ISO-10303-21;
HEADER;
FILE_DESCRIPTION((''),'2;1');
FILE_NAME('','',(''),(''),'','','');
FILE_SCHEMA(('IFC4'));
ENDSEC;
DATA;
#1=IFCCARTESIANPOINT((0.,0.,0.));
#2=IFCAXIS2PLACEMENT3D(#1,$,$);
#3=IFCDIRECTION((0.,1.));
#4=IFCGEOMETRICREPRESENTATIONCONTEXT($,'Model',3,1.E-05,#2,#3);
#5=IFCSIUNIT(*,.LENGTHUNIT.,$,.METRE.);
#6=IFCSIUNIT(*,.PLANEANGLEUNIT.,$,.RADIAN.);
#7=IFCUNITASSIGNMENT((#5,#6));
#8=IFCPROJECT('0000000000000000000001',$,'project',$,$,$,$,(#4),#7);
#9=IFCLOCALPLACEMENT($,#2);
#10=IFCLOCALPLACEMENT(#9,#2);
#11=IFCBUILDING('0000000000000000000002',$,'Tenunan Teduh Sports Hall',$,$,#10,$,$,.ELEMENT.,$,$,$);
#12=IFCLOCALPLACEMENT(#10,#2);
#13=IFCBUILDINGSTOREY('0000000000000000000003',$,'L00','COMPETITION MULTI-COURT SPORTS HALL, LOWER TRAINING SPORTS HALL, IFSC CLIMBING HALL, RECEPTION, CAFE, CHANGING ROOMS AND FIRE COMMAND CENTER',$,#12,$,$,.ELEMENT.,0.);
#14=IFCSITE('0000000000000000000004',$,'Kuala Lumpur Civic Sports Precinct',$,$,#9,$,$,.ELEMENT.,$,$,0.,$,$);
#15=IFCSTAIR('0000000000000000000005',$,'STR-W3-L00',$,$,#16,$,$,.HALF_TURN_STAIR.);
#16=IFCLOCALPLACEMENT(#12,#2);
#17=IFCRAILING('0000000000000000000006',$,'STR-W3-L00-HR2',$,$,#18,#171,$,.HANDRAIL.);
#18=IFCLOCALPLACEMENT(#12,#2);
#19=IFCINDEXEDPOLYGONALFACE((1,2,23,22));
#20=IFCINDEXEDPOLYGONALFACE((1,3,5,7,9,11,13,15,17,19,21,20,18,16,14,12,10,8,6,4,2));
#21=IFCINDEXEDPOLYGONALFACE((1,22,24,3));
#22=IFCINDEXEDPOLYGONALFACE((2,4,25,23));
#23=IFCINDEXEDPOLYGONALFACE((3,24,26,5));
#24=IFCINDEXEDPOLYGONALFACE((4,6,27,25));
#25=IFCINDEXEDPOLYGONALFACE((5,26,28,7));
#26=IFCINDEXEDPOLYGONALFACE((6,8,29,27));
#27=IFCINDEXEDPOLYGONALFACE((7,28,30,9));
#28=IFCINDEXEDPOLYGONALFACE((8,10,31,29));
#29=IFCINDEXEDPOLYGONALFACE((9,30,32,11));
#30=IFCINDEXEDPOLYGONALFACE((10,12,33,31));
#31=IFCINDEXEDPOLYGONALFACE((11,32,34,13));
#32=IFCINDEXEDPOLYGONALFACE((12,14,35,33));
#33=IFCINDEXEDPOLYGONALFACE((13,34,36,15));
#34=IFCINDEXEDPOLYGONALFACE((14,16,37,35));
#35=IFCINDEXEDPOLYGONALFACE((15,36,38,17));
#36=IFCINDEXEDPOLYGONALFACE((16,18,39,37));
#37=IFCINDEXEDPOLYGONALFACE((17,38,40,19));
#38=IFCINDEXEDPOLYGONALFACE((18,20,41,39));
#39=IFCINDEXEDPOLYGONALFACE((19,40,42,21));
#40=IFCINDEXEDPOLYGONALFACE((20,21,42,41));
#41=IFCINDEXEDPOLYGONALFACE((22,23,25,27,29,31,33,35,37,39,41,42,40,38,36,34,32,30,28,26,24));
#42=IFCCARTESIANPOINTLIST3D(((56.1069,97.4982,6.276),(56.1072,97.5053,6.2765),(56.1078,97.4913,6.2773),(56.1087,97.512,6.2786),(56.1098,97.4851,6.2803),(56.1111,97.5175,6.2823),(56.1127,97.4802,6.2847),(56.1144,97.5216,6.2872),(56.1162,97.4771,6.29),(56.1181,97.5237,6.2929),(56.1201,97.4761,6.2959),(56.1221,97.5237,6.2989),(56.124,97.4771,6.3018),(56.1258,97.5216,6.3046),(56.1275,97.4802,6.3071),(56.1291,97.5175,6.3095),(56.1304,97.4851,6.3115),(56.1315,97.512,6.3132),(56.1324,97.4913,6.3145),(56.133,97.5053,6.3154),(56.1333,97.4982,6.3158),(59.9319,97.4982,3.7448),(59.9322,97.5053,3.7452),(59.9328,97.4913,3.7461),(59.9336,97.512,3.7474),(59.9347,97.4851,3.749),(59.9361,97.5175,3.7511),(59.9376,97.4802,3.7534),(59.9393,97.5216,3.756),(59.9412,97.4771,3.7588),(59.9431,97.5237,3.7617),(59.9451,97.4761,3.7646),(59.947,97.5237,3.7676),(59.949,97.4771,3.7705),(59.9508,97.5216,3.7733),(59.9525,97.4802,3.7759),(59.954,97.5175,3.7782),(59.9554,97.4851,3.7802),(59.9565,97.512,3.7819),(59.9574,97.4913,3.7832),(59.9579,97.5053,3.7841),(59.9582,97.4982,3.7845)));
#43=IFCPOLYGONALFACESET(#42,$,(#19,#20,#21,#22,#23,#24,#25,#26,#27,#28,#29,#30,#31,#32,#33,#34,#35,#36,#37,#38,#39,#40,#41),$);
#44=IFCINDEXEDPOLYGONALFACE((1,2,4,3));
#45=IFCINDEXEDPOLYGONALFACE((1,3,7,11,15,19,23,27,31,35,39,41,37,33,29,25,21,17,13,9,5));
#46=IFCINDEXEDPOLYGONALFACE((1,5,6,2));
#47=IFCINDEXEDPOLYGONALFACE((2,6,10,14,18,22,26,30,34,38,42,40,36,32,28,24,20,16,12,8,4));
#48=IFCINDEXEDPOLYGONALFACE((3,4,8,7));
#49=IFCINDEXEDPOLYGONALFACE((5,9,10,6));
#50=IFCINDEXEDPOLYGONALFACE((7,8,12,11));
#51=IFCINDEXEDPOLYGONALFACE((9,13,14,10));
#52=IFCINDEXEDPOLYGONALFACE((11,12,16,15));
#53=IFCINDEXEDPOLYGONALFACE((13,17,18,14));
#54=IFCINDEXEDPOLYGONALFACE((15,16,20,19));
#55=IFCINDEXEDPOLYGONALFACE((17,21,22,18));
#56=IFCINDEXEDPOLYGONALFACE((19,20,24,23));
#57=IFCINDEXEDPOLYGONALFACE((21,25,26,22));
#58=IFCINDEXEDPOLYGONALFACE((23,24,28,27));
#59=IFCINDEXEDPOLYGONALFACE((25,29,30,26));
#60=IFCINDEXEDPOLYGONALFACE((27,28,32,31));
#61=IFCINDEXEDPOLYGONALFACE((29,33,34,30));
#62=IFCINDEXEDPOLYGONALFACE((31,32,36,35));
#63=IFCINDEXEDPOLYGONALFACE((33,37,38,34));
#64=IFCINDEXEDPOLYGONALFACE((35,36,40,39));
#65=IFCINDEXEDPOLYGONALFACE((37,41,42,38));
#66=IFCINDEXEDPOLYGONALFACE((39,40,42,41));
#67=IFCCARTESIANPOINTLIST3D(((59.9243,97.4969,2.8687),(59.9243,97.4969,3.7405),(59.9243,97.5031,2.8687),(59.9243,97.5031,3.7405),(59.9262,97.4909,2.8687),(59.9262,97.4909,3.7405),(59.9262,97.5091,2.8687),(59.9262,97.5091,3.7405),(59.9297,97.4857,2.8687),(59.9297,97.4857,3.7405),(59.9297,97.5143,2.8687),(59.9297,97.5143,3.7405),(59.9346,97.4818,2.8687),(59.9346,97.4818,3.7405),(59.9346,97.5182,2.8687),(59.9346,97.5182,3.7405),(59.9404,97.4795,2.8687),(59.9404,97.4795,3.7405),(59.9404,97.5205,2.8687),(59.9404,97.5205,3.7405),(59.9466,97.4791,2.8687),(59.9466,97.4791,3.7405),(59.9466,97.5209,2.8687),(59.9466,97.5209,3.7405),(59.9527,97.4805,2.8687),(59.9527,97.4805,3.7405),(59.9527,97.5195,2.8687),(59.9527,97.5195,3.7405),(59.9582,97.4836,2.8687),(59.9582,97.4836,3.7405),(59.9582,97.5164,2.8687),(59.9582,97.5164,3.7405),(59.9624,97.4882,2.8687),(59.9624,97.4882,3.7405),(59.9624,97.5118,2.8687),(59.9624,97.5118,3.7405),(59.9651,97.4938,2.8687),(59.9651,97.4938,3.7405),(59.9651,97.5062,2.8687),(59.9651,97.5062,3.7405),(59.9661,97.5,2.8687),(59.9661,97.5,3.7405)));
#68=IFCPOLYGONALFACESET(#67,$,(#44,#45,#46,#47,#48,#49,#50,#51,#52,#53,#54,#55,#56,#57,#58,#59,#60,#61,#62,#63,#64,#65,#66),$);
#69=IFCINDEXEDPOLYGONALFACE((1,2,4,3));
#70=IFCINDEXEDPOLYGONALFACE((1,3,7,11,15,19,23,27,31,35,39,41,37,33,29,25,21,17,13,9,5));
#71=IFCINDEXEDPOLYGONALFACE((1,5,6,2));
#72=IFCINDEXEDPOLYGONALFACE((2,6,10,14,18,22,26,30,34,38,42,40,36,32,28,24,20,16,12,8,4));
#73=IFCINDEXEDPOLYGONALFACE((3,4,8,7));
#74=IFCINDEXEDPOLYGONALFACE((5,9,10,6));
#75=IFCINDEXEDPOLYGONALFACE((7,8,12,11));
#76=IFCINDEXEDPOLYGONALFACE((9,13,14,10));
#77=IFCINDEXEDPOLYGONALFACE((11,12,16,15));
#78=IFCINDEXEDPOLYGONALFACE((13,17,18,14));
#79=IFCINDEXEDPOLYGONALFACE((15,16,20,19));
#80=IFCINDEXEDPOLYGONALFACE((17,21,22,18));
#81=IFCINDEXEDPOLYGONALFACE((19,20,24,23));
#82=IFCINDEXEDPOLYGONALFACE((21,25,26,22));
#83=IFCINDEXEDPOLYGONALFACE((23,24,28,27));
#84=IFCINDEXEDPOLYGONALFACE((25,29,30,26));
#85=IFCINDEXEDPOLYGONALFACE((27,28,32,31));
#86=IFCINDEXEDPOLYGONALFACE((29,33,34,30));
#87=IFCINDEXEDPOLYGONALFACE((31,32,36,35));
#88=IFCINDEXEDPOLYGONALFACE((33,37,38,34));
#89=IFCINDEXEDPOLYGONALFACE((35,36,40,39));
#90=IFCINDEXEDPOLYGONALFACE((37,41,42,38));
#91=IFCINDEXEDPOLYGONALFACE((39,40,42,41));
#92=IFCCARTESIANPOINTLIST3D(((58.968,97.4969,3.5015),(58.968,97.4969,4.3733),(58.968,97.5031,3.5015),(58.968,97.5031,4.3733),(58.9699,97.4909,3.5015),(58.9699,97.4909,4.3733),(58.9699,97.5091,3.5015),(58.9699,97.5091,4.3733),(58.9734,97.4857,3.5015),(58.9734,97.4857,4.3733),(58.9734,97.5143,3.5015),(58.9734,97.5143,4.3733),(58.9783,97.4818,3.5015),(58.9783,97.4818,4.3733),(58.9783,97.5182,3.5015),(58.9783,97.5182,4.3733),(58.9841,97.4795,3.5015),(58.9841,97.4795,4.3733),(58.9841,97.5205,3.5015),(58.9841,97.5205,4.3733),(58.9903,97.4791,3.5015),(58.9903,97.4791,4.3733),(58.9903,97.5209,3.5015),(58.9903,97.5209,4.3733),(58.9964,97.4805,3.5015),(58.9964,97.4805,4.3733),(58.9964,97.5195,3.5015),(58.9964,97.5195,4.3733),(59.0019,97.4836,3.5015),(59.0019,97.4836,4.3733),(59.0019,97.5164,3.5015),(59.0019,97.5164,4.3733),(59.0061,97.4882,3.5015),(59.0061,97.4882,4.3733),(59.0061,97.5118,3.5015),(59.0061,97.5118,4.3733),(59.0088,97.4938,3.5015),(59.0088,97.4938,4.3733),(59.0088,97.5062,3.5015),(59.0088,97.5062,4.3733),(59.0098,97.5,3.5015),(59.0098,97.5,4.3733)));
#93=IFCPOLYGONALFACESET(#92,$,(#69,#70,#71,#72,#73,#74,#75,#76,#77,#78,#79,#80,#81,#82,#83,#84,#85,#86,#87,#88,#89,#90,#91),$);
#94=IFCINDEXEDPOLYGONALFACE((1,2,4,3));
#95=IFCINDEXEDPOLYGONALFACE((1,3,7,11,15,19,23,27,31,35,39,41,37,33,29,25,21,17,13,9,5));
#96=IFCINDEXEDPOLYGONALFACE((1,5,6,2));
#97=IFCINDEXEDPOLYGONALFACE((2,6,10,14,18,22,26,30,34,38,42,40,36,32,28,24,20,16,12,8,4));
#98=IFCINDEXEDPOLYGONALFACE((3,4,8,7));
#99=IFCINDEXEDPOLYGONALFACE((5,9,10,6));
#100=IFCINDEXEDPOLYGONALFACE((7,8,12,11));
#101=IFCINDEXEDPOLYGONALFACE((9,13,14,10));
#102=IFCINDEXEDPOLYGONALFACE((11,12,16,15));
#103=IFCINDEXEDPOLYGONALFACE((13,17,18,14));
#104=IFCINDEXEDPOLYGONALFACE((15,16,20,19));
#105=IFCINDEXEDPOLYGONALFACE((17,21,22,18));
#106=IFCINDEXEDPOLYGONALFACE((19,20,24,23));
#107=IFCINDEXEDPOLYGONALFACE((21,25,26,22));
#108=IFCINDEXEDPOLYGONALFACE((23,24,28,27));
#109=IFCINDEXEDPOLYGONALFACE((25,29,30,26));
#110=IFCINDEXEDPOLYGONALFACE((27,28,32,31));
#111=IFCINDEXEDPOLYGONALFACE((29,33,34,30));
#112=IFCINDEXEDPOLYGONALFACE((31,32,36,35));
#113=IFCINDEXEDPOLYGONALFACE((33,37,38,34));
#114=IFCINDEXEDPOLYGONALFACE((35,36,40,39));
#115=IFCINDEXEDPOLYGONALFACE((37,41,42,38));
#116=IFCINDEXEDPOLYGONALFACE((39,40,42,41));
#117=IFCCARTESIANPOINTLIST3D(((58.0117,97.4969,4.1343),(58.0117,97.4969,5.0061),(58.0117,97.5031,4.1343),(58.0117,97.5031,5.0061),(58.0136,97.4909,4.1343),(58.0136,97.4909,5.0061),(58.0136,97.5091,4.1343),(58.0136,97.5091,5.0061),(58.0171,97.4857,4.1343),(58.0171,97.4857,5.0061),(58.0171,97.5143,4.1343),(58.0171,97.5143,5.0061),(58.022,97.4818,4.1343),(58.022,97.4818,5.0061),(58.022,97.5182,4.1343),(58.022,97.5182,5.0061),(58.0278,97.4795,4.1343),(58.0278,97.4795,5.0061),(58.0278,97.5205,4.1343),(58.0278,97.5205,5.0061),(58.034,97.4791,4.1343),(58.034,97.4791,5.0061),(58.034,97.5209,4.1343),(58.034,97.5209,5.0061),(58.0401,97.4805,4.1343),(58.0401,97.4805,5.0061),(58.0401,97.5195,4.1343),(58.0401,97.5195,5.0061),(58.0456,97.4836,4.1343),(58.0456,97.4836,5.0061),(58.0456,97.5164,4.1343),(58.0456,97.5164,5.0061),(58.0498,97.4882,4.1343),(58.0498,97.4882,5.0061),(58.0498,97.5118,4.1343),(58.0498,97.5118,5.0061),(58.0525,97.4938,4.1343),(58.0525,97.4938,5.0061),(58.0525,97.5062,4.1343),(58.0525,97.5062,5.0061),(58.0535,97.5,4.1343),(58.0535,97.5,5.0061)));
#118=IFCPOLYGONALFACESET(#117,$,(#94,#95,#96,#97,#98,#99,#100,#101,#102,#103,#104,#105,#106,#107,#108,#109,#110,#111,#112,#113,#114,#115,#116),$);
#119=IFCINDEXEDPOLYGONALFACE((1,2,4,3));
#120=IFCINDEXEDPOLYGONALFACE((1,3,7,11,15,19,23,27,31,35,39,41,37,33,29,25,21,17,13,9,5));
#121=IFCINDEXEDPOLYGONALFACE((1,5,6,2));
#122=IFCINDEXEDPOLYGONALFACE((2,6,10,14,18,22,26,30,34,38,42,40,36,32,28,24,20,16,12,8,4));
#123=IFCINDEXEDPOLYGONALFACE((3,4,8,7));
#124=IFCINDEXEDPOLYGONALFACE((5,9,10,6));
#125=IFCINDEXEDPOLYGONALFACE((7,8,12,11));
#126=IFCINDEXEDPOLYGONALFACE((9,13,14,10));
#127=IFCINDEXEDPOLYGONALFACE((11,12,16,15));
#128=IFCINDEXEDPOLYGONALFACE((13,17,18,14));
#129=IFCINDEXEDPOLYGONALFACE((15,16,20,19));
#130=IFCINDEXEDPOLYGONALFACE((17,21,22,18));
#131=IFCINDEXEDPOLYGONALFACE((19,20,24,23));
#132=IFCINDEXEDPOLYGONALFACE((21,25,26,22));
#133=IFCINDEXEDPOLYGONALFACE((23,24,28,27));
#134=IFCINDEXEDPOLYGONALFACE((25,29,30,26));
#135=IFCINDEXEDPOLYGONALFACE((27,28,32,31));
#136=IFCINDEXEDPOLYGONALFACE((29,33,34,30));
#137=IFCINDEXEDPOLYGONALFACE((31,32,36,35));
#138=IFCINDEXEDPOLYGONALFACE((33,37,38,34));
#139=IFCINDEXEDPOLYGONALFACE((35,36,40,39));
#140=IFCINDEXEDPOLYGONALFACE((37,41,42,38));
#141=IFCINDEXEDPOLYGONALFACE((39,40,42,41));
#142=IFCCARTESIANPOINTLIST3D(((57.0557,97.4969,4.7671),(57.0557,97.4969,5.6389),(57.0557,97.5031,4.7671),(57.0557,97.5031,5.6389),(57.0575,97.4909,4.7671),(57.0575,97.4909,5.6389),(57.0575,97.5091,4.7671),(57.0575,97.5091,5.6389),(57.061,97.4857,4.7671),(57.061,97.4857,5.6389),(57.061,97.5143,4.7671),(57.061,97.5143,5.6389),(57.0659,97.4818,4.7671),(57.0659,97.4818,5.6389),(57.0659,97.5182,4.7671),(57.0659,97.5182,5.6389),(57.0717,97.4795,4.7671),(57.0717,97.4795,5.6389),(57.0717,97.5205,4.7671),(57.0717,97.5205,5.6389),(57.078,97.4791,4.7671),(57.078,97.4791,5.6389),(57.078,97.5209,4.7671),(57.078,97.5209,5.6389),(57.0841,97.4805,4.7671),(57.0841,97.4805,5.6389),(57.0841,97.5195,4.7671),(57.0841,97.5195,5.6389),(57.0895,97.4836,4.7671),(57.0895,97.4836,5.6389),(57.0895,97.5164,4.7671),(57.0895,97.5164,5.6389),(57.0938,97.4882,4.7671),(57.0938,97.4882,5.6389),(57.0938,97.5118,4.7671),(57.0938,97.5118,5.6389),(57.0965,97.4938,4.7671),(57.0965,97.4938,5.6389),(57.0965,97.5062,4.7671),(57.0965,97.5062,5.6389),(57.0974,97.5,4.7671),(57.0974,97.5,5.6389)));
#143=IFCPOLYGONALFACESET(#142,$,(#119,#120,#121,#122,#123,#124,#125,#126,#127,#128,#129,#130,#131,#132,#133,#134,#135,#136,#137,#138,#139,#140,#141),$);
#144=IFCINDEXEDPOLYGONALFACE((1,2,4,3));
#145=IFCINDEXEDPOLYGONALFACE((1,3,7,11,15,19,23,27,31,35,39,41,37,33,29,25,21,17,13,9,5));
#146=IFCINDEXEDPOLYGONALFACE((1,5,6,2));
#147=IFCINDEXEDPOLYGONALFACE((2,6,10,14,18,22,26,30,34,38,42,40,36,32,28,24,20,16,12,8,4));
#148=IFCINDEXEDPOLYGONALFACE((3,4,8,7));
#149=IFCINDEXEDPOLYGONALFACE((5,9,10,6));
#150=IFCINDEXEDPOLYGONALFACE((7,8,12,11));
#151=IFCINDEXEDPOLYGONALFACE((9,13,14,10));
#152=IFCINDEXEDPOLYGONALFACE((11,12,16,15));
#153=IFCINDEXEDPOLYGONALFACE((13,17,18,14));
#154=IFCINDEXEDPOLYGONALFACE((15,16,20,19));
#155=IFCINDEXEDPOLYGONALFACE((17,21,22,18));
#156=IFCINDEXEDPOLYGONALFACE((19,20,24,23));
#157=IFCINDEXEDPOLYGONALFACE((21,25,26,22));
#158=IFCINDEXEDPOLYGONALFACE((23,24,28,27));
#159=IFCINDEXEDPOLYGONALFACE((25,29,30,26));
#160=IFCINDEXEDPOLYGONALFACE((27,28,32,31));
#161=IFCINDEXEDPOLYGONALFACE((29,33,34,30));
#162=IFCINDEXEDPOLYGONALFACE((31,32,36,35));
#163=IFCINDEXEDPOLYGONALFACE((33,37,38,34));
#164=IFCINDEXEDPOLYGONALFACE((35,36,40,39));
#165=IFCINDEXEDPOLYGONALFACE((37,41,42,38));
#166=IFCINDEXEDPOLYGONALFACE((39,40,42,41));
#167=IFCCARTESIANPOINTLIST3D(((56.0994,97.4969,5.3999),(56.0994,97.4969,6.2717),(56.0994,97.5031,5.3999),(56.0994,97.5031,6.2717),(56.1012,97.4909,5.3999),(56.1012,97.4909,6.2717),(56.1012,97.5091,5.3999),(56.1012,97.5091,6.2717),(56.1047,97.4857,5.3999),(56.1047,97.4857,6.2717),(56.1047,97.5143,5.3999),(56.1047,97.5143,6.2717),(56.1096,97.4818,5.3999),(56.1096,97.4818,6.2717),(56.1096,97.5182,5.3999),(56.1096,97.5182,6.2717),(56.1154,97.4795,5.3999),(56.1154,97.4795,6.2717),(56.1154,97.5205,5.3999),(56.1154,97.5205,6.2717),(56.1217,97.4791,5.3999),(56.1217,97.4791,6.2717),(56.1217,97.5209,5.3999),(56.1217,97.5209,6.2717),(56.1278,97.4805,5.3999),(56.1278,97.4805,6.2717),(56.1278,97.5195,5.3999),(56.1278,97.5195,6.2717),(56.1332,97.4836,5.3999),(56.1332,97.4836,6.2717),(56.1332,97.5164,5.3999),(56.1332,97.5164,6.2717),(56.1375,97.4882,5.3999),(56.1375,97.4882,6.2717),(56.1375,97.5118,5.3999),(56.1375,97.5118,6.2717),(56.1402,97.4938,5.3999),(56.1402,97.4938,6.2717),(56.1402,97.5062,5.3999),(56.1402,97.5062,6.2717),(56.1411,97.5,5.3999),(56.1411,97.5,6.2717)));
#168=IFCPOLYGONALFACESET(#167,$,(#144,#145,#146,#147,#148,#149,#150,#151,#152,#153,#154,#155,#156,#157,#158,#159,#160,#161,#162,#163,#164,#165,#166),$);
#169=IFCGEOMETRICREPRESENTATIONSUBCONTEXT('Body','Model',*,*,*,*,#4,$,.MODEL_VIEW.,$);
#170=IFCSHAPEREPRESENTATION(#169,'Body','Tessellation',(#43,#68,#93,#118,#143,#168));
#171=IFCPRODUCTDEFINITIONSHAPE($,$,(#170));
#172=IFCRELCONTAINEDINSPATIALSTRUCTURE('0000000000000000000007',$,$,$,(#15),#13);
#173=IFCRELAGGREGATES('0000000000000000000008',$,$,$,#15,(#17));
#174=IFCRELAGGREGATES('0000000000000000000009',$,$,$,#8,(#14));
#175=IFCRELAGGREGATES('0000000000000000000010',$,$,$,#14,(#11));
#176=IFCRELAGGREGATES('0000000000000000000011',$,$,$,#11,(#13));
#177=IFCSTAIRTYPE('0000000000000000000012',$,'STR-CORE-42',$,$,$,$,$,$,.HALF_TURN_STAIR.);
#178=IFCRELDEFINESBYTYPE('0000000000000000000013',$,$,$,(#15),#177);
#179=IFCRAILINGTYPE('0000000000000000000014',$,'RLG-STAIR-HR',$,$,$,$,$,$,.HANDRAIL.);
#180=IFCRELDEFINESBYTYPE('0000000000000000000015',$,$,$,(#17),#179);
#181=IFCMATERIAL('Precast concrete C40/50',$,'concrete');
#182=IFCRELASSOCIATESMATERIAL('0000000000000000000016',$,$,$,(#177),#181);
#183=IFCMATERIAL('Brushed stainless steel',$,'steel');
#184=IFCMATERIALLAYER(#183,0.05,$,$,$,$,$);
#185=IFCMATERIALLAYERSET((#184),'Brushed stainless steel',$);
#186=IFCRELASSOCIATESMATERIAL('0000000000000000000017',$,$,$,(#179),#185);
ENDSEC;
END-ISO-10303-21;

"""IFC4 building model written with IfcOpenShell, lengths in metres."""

from ifc_helpers import new_model, si_unit, direction, frame, origin, origin_2d, place, context, subcontext, project, spatial, circle, extrude, material, layer, layer_set, type_object, element, aggregate, save


model = new_model("IFC4")

# Units and contexts
model_context = context("Model", 3, precision=1e-05, world=origin(), true_north=direction((0.0, 1.0)))
body_context = subcontext(model_context, "Body", "Model", "MODEL_VIEW")
ifc_project = project(units=[si_unit("LENGTHUNIT", "METRE"), si_unit("PLANEANGLEUNIT", "RADIAN")], contexts=[model_context])

# Site, building, storey
site_placement = place(None, origin())
site = spatial("IfcSite", under=ifc_project, at=site_placement, Name="Kuala Lumpur Civic Sports Precinct", CompositionType="ELEMENT", RefElevation=0.0)
building_placement = place(site_placement, origin())
building = spatial("IfcBuilding", under=site, at=building_placement, Name="Tenunan Teduh Sports Hall", CompositionType="ELEMENT")
storey_placement = place(building_placement, origin())
storey = spatial("IfcBuildingStorey", under=building, at=storey_placement, Name="L00", Description="COMPETITION MULTI-COURT SPORTS HALL, LOWER TRAINING SPORTS HALL, IFSC CLIMBING HALL, RECEPTION, CAFE, CHANGING ROOMS AND FIRE COMMAND CENTER", CompositionType="ELEMENT", Elevation=0.0)

# Stair
ifc_material_1 = material(Name="Precast concrete C40/50", Category="concrete")
stair_type = type_object("IfcStairType", Name="STR-CORE-42", PredefinedType="HALF_TURN_STAIR", material=ifc_material_1)
stair_placement = place(storey_placement, origin())
stair = element("IfcStair", 1, at=stair_placement, inside=storey, type_object=stair_type, Name="STR-W3-L00", PredefinedType="HALF_TURN_STAIR")

# Railing
ifc_material_2 = material(Name="Brushed stainless steel", Category="steel")
ifc_layer_1 = layer(ifc_material_2, 0.05)
ifc_layer_set_1 = layer_set([ifc_layer_1], Name="Brushed stainless steel")
railing_type_1 = type_object("IfcRailingType", Name="RLG-STAIR-HR", PredefinedType="HANDRAIL", material=ifc_layer_set_1)
railing_1_placement = place(storey_placement, frame((59.9451, 97.5, 2.8687)))
railing_1 = element("IfcRailing", 2, at=railing_1_placement, type_object=railing_type_1, Name="STR-W3-L00-HR2", PredefinedType="HANDRAIL", context=body_context, shape_type="SweptSolid", body=[
    extrude(circle(Radius=0.0239, at=origin_2d()), frame((0.0, 0.0, 0.896), z_axis=(-0.833929, 0.0, 0.551872), x_axis=(0.0, -1.0, 0.0)), (0.0, 0.0, 1.0), 4.5867),
    extrude(circle(Radius=0.021, at=origin_2d()), origin(), (0.0, 0.0, 1.0), 0.8718),
    extrude(circle(Radius=0.021, at=origin_2d()), frame((-0.9563, 0.0, 0.6328)), (0.0, 0.0, 1.0), 0.8718),
    extrude(circle(Radius=0.021, at=origin_2d()), frame((-1.9126, 0.0, 1.2656)), (0.0, 0.0, 1.0), 0.8718),
    extrude(circle(Radius=0.021, at=origin_2d()), frame((-2.8687, 0.0, 1.8984)), (0.0, 0.0, 1.0), 0.8718),
    extrude(circle(Radius=0.021, at=origin_2d()), frame((-3.825, 0.0, 2.5312)), (0.0, 0.0, 1.0), 0.8718),
])
aggregate(stair, [railing_1])

save(model, "model.ifc")
